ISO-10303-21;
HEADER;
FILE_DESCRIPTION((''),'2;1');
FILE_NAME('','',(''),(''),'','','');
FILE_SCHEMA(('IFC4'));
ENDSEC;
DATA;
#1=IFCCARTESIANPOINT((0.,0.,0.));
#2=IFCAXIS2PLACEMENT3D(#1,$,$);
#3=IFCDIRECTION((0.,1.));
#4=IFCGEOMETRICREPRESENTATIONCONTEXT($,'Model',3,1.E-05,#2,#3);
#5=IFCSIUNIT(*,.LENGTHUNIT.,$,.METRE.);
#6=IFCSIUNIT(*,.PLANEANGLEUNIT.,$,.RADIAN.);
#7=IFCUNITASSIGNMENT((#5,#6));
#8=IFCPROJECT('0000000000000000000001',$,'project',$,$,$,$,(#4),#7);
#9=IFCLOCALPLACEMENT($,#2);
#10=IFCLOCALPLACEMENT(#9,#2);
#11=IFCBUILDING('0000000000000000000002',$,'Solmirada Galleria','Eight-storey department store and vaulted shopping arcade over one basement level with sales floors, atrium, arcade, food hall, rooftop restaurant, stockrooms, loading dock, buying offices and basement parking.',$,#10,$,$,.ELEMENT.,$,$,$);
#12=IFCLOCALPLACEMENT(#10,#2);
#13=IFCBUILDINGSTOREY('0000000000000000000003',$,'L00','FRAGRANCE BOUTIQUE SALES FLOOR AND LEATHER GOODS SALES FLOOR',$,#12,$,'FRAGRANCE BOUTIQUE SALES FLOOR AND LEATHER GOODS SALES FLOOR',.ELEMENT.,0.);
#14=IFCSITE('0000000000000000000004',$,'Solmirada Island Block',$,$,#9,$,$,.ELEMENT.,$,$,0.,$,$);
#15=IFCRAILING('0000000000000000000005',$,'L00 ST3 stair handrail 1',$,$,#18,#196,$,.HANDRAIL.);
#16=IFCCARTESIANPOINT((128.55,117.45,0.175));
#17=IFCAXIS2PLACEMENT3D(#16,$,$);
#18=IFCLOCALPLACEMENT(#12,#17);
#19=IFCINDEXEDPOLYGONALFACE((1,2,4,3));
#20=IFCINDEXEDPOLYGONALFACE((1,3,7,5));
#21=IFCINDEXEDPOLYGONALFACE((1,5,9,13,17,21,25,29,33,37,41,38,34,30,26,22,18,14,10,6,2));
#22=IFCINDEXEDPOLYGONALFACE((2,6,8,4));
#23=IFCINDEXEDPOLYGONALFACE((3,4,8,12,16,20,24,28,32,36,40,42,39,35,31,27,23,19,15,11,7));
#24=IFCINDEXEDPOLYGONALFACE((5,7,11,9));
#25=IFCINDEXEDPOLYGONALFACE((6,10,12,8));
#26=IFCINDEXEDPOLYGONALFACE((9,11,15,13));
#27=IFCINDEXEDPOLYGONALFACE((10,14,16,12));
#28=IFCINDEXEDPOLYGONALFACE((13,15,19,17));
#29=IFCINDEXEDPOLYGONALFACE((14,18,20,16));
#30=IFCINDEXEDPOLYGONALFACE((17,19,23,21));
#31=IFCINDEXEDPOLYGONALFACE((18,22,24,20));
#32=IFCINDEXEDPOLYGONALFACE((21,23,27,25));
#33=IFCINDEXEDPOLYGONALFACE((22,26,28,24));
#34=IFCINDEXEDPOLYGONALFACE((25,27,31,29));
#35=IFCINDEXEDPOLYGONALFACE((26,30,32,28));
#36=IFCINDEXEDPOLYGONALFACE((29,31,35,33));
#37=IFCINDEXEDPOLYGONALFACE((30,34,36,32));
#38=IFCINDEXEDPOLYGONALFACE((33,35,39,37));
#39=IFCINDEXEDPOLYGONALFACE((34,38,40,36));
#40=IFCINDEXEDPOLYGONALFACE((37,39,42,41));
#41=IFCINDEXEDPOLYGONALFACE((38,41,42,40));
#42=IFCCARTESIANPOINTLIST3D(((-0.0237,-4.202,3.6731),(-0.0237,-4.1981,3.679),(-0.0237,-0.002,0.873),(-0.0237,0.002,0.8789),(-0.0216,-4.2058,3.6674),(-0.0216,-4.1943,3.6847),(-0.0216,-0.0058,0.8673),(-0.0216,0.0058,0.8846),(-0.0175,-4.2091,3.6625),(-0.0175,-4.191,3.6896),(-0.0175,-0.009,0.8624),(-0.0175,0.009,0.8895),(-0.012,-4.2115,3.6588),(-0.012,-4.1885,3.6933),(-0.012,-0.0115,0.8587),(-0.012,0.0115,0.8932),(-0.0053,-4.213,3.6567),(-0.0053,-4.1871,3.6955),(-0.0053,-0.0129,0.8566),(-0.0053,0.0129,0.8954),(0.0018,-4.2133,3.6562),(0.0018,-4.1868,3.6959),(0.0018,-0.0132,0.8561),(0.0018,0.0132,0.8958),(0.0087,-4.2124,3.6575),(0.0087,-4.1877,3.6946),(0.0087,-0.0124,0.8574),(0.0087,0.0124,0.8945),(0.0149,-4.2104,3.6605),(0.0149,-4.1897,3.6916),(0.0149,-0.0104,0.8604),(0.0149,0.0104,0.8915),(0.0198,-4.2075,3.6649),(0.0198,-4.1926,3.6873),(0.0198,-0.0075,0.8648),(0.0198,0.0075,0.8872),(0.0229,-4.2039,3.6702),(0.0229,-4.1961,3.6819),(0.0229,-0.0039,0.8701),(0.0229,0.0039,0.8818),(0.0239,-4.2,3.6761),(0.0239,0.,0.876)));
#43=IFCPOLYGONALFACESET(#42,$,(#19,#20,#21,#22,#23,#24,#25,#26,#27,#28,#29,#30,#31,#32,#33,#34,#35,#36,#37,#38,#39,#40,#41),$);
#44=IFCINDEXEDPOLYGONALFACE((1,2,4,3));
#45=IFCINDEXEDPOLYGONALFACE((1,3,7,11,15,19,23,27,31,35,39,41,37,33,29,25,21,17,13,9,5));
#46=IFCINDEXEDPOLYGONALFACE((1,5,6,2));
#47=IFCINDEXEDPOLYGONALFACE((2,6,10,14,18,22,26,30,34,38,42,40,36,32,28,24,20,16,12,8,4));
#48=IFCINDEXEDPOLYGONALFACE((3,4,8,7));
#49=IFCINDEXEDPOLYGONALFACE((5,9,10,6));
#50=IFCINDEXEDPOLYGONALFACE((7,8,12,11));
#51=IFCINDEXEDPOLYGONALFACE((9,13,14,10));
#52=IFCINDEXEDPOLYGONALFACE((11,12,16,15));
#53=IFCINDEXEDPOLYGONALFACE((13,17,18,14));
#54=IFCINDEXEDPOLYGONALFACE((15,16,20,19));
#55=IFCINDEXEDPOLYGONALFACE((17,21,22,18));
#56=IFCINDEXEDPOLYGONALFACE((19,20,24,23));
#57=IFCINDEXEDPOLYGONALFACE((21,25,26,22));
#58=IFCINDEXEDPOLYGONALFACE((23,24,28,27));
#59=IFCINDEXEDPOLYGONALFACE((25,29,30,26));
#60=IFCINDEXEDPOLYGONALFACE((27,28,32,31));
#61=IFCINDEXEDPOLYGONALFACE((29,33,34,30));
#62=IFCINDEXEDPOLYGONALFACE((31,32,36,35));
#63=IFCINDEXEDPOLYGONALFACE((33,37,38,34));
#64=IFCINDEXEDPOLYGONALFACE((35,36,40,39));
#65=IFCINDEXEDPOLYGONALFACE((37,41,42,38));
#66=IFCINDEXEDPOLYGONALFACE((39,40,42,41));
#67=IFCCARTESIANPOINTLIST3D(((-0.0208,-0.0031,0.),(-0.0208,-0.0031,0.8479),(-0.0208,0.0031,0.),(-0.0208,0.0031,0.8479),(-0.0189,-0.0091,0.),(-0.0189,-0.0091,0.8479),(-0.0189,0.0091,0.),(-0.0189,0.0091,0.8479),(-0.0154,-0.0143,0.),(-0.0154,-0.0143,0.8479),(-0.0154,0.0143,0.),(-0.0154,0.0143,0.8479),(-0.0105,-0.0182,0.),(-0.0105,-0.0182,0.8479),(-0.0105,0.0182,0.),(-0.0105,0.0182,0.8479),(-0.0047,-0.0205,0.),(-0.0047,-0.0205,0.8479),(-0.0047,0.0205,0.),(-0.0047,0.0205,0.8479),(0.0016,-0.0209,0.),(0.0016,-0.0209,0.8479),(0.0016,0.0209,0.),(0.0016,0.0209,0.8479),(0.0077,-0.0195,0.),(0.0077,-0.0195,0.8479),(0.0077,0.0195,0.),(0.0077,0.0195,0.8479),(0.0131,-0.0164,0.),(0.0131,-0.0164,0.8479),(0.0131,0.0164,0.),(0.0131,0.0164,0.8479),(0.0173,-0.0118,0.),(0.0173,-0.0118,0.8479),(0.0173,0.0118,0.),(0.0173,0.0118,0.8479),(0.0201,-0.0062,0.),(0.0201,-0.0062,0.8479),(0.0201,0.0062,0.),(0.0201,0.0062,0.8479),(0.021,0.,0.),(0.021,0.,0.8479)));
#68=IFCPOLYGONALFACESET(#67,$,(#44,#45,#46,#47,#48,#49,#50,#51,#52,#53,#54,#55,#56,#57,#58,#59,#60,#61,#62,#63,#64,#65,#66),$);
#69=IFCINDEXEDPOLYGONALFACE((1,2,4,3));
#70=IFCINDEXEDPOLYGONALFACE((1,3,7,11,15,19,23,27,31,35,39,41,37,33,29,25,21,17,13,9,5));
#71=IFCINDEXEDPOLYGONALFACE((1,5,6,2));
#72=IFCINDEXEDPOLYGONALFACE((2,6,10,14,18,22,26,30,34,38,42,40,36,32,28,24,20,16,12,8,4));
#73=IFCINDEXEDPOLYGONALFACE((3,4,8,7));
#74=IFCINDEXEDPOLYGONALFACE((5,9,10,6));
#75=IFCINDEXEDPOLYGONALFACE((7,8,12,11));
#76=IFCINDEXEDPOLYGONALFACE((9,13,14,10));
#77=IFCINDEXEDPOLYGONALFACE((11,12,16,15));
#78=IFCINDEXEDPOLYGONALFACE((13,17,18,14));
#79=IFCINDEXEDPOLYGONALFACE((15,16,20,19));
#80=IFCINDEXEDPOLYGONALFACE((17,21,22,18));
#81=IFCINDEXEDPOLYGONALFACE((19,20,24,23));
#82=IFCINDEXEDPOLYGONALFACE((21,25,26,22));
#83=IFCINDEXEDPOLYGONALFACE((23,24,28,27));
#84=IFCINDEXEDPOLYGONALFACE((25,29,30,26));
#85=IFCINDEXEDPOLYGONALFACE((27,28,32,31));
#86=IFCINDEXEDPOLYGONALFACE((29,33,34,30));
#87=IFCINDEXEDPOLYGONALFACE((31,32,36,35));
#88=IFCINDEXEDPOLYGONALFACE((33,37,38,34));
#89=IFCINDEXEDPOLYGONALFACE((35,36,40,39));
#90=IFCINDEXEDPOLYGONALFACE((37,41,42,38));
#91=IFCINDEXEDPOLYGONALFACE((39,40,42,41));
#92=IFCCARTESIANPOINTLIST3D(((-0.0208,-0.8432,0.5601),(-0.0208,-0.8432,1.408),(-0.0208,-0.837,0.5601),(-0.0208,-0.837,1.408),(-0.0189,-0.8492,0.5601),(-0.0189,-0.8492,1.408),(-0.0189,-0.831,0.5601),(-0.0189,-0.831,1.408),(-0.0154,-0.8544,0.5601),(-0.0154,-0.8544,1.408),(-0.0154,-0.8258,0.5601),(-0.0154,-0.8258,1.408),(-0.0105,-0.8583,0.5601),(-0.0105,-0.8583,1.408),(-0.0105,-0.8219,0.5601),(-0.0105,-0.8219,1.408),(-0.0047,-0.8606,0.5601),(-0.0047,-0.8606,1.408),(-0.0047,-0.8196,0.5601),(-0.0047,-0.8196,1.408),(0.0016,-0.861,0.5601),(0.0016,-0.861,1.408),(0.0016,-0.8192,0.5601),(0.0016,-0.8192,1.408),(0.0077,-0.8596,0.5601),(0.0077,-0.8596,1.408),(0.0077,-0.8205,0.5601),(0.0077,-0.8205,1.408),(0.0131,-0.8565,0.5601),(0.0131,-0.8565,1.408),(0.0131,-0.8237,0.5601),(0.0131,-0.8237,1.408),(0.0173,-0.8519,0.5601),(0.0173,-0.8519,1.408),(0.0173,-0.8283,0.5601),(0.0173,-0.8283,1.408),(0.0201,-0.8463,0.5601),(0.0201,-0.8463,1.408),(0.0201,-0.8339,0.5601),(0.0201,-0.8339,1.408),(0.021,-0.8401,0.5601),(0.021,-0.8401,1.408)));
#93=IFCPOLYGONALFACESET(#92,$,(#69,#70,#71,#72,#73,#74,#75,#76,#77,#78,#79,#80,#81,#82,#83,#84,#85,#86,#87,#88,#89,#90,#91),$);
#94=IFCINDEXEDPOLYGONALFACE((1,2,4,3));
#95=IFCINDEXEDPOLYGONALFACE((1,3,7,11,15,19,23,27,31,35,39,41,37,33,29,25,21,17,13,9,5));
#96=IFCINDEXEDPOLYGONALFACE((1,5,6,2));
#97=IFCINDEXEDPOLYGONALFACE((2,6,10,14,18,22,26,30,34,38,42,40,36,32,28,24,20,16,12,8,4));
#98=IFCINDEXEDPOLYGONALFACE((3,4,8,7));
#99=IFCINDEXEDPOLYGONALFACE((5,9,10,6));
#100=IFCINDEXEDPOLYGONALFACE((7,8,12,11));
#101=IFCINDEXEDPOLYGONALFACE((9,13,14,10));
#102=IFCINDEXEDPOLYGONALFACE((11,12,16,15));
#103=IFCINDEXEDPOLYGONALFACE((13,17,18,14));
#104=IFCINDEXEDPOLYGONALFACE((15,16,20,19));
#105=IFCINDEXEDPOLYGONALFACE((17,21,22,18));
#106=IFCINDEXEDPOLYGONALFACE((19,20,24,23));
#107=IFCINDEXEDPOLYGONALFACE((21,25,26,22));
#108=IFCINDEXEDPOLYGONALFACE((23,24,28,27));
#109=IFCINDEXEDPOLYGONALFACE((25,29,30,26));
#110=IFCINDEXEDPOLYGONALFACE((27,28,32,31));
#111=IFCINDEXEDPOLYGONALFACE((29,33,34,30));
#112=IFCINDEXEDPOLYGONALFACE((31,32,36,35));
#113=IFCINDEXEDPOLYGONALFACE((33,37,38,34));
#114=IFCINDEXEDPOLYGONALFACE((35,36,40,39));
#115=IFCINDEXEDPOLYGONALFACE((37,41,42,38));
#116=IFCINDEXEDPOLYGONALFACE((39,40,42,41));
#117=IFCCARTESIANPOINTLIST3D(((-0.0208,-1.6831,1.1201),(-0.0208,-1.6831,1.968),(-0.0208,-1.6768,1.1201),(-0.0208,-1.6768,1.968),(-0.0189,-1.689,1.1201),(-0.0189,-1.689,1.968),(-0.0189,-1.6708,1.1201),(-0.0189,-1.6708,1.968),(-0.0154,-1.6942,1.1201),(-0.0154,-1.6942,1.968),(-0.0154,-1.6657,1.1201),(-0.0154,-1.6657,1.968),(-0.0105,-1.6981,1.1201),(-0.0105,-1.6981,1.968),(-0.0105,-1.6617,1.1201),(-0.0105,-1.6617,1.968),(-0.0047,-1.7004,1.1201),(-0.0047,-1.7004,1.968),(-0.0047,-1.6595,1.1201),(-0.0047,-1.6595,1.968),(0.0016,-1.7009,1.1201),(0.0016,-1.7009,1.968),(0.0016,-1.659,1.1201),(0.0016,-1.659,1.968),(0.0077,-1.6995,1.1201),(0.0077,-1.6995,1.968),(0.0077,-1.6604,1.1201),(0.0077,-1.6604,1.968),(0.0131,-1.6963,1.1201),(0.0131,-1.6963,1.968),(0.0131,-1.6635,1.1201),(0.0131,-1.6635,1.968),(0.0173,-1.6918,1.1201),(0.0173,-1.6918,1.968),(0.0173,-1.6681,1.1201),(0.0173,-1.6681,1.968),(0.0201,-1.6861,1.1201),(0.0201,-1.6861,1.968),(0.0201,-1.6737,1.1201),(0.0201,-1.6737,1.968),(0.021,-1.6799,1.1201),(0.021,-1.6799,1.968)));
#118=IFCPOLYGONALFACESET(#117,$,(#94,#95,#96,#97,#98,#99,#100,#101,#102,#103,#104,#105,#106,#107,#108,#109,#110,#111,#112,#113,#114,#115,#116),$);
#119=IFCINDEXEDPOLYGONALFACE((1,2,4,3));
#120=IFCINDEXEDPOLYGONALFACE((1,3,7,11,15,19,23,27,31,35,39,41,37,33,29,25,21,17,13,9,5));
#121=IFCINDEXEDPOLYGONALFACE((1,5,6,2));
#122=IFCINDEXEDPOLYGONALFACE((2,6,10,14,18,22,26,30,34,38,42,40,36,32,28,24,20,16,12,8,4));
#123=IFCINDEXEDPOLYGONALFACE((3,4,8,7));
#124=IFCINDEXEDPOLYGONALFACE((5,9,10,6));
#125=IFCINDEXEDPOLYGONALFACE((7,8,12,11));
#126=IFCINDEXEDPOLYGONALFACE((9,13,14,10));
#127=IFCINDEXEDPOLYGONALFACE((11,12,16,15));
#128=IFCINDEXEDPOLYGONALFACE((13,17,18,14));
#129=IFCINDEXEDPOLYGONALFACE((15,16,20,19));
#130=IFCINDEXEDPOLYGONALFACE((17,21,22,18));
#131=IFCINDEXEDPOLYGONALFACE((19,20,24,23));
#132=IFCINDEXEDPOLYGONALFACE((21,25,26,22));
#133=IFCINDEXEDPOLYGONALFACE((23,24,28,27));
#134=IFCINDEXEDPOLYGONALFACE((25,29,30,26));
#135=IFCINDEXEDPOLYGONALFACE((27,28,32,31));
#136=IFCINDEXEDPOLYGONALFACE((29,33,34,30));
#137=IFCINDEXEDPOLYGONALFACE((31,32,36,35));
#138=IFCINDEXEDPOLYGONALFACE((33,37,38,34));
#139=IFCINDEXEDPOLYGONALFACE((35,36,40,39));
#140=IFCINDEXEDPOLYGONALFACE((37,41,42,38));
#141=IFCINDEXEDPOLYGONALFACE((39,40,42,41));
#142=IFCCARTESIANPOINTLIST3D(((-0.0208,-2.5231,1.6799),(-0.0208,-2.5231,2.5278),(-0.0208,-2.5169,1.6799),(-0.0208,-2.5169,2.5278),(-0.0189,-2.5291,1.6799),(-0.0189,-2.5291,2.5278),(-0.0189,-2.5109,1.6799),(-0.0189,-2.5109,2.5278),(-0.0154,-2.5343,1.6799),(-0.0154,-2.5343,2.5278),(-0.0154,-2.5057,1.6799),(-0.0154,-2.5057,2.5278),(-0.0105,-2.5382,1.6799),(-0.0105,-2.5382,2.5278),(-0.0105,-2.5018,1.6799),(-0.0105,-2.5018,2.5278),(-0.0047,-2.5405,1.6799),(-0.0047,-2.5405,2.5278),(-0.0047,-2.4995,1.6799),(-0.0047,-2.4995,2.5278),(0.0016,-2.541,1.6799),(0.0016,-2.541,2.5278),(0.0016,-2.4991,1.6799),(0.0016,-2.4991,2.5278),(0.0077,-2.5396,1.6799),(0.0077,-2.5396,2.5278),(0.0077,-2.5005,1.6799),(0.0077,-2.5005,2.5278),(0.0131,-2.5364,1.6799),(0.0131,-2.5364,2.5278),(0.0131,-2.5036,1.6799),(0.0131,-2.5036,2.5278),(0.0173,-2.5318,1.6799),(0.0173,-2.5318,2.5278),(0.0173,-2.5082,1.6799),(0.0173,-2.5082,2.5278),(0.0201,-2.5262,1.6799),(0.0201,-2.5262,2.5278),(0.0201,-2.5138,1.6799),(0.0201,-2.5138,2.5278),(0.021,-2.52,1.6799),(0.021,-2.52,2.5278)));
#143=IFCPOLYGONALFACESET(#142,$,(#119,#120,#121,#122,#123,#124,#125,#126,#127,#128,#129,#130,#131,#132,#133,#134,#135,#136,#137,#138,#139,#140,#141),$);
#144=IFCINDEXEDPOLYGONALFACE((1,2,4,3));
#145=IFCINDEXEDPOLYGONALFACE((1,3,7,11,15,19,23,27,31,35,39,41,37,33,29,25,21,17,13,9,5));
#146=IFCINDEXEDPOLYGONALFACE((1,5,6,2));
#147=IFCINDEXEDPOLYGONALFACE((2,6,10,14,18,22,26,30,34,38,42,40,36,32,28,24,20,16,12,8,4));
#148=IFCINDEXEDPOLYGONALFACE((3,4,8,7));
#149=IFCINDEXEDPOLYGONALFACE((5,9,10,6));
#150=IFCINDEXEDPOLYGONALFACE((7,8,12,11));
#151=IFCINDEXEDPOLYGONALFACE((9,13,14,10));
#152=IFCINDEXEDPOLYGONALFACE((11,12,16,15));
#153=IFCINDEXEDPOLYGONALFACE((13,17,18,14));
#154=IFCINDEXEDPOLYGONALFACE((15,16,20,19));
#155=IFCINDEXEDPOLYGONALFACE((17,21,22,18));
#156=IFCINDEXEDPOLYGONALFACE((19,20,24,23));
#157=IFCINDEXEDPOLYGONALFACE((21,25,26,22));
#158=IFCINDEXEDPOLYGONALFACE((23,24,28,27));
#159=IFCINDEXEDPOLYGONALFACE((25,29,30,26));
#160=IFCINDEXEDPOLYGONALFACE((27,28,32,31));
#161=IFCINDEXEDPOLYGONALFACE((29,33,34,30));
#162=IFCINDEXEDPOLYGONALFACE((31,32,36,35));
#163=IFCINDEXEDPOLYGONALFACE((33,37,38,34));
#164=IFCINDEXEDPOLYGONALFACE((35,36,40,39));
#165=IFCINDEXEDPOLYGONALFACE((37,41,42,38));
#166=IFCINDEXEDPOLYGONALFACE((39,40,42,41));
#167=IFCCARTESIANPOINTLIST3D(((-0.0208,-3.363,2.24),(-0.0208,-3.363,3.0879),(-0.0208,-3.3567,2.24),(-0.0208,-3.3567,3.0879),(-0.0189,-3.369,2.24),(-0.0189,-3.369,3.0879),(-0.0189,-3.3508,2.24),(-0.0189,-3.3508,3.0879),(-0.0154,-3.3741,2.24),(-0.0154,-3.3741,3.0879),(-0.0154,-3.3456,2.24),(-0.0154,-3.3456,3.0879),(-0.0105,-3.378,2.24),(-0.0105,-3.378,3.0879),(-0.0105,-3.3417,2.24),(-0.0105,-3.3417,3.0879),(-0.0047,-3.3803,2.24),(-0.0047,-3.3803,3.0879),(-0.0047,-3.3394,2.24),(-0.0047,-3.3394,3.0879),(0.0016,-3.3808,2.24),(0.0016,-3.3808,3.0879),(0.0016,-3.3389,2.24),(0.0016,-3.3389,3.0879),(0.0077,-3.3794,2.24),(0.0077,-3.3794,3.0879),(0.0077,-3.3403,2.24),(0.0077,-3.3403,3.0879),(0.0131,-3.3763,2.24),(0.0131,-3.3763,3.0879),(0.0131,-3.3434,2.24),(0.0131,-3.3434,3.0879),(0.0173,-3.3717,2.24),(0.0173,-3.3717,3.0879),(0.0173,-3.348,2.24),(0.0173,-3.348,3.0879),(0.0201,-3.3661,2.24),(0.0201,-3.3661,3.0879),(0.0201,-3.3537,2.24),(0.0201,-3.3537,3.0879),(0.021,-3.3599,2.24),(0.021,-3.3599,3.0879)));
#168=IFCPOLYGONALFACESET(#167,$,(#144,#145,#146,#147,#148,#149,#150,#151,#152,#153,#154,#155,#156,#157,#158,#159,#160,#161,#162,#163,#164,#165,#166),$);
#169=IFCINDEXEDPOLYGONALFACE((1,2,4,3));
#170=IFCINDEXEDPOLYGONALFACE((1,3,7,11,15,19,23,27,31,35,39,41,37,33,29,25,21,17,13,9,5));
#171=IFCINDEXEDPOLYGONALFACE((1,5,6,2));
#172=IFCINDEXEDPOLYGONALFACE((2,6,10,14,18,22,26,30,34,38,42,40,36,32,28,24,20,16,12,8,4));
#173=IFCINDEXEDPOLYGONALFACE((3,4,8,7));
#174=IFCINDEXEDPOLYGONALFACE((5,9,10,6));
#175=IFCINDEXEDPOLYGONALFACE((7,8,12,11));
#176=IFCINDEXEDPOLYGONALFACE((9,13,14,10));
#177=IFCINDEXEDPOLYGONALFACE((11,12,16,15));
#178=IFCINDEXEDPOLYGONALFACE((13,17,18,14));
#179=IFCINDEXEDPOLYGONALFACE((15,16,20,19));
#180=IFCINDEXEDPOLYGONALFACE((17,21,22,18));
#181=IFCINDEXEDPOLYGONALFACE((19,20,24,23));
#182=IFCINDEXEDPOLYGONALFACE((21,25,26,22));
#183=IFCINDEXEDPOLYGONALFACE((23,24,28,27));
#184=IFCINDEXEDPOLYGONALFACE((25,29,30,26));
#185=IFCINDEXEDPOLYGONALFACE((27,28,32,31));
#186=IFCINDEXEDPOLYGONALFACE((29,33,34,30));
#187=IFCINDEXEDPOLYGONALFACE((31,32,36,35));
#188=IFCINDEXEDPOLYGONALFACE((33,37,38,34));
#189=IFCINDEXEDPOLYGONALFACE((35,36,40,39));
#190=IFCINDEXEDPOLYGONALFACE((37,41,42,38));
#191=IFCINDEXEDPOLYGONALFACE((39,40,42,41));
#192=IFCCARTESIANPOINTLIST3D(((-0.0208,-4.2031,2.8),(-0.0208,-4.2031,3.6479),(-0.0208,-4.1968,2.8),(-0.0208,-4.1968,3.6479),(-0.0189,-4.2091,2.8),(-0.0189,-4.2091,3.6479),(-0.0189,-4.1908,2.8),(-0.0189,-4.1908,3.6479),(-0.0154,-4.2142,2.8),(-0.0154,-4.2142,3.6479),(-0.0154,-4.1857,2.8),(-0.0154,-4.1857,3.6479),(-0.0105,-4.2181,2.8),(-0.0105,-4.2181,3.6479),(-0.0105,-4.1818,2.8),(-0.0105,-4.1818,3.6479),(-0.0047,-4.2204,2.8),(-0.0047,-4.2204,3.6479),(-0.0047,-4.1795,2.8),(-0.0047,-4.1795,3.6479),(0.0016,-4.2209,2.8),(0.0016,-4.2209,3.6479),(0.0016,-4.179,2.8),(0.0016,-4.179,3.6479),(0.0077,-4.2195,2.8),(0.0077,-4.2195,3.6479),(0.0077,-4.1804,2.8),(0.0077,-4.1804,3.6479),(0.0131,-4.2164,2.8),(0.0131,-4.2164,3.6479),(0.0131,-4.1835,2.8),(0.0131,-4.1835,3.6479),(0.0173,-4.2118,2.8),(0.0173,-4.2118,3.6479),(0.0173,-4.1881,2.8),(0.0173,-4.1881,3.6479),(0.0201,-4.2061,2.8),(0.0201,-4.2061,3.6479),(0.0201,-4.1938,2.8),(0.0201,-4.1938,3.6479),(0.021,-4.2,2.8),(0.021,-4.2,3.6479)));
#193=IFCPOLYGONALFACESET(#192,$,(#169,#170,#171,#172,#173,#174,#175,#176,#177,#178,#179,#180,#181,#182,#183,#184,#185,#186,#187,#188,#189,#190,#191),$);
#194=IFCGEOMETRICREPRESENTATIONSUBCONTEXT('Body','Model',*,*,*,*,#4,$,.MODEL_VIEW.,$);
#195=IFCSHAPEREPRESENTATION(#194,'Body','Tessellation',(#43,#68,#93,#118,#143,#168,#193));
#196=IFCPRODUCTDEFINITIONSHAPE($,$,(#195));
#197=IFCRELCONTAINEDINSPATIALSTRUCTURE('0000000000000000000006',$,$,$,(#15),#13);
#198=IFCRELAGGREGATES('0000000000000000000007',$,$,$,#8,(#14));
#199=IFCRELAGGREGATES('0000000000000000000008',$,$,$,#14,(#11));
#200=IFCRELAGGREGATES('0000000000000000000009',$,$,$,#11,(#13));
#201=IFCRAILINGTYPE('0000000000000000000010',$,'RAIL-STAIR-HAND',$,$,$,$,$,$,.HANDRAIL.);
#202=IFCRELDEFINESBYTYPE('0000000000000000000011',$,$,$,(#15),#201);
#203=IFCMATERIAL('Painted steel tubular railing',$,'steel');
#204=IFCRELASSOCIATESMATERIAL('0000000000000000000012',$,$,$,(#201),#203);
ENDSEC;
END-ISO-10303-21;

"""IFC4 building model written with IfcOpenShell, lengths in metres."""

from ifc_helpers import new_model, si_unit, direction, frame, origin, origin_2d, place, context, subcontext, project, spatial, circle, extrude, material, type_object, element, save


model = new_model("IFC4")

# Units and contexts
model_context = context("Model", 3, precision=1e-05, world=origin(), true_north=direction((0.0, 1.0)))
body_context = subcontext(model_context, "Body", "Model", "MODEL_VIEW")
ifc_project = project(units=[si_unit("LENGTHUNIT", "METRE"), si_unit("PLANEANGLEUNIT", "RADIAN")], contexts=[model_context])

# Site, building, storey
site_placement = place(None, origin())
site = spatial("IfcSite", under=ifc_project, at=site_placement, Name="Solmirada Island Block", CompositionType="ELEMENT", RefElevation=0.0)
building_placement = place(site_placement, origin())
building = spatial("IfcBuilding", under=site, at=building_placement, Name="Solmirada Galleria", Description="Eight-storey department store and vaulted shopping arcade over one basement level with sales floors, atrium, arcade, food hall, rooftop restaurant, stockrooms, loading dock, buying offices and basement parking.", CompositionType="ELEMENT")
storey_placement = place(building_placement, origin())
storey = spatial("IfcBuildingStorey", under=building, at=storey_placement, Name="L00", Description="FRAGRANCE BOUTIQUE SALES FLOOR AND LEATHER GOODS SALES FLOOR", LongName="FRAGRANCE BOUTIQUE SALES FLOOR AND LEATHER GOODS SALES FLOOR", CompositionType="ELEMENT", Elevation=0.0)

# Railing
ifc_material_1 = material(Name="Painted steel tubular railing", Category="steel")
railing_type_1 = type_object("IfcRailingType", Name="RAIL-STAIR-HAND", PredefinedType="HANDRAIL", material=ifc_material_1)
railing_1_placement = place(storey_placement, frame((128.55, 117.45, 0.175)))
element("IfcRailing", 1, at=railing_1_placement, inside=storey, type_object=railing_type_1, Name="L00 ST3 stair handrail 1", PredefinedType="HANDRAIL", context=body_context, shape_type="SweptSolid", body=[
    extrude(circle(Radius=0.0239, at=origin_2d()), frame((0.0, 0.0, 0.876), z_axis=(0.0, -0.832043, 0.554711), x_axis=(1.0, 0.0, 0.0)), (0.0, 0.0, 1.0), 5.0479),
    extrude(circle(Radius=0.021, at=origin_2d()), origin(), (0.0, 0.0, 1.0), 0.8479),
    extrude(circle(Radius=0.021, at=origin_2d()), frame((0.0, -0.8401, 0.5601)), (0.0, 0.0, 1.0), 0.8479),
    extrude(circle(Radius=0.021, at=origin_2d()), frame((0.0, -1.6799, 1.1201)), (0.0, 0.0, 1.0), 0.8479),
    extrude(circle(Radius=0.021, at=origin_2d()), frame((0.0, -2.52, 1.6799)), (0.0, 0.0, 1.0), 0.8479),
    extrude(circle(Radius=0.021, at=origin_2d()), frame((0.0, -3.3599, 2.24)), (0.0, 0.0, 1.0), 0.8479),
    extrude(circle(Radius=0.021, at=origin_2d()), frame((0.0, -4.2, 2.8)), (0.0, 0.0, 1.0), 0.8479),
])

save(model, "model.ifc")
